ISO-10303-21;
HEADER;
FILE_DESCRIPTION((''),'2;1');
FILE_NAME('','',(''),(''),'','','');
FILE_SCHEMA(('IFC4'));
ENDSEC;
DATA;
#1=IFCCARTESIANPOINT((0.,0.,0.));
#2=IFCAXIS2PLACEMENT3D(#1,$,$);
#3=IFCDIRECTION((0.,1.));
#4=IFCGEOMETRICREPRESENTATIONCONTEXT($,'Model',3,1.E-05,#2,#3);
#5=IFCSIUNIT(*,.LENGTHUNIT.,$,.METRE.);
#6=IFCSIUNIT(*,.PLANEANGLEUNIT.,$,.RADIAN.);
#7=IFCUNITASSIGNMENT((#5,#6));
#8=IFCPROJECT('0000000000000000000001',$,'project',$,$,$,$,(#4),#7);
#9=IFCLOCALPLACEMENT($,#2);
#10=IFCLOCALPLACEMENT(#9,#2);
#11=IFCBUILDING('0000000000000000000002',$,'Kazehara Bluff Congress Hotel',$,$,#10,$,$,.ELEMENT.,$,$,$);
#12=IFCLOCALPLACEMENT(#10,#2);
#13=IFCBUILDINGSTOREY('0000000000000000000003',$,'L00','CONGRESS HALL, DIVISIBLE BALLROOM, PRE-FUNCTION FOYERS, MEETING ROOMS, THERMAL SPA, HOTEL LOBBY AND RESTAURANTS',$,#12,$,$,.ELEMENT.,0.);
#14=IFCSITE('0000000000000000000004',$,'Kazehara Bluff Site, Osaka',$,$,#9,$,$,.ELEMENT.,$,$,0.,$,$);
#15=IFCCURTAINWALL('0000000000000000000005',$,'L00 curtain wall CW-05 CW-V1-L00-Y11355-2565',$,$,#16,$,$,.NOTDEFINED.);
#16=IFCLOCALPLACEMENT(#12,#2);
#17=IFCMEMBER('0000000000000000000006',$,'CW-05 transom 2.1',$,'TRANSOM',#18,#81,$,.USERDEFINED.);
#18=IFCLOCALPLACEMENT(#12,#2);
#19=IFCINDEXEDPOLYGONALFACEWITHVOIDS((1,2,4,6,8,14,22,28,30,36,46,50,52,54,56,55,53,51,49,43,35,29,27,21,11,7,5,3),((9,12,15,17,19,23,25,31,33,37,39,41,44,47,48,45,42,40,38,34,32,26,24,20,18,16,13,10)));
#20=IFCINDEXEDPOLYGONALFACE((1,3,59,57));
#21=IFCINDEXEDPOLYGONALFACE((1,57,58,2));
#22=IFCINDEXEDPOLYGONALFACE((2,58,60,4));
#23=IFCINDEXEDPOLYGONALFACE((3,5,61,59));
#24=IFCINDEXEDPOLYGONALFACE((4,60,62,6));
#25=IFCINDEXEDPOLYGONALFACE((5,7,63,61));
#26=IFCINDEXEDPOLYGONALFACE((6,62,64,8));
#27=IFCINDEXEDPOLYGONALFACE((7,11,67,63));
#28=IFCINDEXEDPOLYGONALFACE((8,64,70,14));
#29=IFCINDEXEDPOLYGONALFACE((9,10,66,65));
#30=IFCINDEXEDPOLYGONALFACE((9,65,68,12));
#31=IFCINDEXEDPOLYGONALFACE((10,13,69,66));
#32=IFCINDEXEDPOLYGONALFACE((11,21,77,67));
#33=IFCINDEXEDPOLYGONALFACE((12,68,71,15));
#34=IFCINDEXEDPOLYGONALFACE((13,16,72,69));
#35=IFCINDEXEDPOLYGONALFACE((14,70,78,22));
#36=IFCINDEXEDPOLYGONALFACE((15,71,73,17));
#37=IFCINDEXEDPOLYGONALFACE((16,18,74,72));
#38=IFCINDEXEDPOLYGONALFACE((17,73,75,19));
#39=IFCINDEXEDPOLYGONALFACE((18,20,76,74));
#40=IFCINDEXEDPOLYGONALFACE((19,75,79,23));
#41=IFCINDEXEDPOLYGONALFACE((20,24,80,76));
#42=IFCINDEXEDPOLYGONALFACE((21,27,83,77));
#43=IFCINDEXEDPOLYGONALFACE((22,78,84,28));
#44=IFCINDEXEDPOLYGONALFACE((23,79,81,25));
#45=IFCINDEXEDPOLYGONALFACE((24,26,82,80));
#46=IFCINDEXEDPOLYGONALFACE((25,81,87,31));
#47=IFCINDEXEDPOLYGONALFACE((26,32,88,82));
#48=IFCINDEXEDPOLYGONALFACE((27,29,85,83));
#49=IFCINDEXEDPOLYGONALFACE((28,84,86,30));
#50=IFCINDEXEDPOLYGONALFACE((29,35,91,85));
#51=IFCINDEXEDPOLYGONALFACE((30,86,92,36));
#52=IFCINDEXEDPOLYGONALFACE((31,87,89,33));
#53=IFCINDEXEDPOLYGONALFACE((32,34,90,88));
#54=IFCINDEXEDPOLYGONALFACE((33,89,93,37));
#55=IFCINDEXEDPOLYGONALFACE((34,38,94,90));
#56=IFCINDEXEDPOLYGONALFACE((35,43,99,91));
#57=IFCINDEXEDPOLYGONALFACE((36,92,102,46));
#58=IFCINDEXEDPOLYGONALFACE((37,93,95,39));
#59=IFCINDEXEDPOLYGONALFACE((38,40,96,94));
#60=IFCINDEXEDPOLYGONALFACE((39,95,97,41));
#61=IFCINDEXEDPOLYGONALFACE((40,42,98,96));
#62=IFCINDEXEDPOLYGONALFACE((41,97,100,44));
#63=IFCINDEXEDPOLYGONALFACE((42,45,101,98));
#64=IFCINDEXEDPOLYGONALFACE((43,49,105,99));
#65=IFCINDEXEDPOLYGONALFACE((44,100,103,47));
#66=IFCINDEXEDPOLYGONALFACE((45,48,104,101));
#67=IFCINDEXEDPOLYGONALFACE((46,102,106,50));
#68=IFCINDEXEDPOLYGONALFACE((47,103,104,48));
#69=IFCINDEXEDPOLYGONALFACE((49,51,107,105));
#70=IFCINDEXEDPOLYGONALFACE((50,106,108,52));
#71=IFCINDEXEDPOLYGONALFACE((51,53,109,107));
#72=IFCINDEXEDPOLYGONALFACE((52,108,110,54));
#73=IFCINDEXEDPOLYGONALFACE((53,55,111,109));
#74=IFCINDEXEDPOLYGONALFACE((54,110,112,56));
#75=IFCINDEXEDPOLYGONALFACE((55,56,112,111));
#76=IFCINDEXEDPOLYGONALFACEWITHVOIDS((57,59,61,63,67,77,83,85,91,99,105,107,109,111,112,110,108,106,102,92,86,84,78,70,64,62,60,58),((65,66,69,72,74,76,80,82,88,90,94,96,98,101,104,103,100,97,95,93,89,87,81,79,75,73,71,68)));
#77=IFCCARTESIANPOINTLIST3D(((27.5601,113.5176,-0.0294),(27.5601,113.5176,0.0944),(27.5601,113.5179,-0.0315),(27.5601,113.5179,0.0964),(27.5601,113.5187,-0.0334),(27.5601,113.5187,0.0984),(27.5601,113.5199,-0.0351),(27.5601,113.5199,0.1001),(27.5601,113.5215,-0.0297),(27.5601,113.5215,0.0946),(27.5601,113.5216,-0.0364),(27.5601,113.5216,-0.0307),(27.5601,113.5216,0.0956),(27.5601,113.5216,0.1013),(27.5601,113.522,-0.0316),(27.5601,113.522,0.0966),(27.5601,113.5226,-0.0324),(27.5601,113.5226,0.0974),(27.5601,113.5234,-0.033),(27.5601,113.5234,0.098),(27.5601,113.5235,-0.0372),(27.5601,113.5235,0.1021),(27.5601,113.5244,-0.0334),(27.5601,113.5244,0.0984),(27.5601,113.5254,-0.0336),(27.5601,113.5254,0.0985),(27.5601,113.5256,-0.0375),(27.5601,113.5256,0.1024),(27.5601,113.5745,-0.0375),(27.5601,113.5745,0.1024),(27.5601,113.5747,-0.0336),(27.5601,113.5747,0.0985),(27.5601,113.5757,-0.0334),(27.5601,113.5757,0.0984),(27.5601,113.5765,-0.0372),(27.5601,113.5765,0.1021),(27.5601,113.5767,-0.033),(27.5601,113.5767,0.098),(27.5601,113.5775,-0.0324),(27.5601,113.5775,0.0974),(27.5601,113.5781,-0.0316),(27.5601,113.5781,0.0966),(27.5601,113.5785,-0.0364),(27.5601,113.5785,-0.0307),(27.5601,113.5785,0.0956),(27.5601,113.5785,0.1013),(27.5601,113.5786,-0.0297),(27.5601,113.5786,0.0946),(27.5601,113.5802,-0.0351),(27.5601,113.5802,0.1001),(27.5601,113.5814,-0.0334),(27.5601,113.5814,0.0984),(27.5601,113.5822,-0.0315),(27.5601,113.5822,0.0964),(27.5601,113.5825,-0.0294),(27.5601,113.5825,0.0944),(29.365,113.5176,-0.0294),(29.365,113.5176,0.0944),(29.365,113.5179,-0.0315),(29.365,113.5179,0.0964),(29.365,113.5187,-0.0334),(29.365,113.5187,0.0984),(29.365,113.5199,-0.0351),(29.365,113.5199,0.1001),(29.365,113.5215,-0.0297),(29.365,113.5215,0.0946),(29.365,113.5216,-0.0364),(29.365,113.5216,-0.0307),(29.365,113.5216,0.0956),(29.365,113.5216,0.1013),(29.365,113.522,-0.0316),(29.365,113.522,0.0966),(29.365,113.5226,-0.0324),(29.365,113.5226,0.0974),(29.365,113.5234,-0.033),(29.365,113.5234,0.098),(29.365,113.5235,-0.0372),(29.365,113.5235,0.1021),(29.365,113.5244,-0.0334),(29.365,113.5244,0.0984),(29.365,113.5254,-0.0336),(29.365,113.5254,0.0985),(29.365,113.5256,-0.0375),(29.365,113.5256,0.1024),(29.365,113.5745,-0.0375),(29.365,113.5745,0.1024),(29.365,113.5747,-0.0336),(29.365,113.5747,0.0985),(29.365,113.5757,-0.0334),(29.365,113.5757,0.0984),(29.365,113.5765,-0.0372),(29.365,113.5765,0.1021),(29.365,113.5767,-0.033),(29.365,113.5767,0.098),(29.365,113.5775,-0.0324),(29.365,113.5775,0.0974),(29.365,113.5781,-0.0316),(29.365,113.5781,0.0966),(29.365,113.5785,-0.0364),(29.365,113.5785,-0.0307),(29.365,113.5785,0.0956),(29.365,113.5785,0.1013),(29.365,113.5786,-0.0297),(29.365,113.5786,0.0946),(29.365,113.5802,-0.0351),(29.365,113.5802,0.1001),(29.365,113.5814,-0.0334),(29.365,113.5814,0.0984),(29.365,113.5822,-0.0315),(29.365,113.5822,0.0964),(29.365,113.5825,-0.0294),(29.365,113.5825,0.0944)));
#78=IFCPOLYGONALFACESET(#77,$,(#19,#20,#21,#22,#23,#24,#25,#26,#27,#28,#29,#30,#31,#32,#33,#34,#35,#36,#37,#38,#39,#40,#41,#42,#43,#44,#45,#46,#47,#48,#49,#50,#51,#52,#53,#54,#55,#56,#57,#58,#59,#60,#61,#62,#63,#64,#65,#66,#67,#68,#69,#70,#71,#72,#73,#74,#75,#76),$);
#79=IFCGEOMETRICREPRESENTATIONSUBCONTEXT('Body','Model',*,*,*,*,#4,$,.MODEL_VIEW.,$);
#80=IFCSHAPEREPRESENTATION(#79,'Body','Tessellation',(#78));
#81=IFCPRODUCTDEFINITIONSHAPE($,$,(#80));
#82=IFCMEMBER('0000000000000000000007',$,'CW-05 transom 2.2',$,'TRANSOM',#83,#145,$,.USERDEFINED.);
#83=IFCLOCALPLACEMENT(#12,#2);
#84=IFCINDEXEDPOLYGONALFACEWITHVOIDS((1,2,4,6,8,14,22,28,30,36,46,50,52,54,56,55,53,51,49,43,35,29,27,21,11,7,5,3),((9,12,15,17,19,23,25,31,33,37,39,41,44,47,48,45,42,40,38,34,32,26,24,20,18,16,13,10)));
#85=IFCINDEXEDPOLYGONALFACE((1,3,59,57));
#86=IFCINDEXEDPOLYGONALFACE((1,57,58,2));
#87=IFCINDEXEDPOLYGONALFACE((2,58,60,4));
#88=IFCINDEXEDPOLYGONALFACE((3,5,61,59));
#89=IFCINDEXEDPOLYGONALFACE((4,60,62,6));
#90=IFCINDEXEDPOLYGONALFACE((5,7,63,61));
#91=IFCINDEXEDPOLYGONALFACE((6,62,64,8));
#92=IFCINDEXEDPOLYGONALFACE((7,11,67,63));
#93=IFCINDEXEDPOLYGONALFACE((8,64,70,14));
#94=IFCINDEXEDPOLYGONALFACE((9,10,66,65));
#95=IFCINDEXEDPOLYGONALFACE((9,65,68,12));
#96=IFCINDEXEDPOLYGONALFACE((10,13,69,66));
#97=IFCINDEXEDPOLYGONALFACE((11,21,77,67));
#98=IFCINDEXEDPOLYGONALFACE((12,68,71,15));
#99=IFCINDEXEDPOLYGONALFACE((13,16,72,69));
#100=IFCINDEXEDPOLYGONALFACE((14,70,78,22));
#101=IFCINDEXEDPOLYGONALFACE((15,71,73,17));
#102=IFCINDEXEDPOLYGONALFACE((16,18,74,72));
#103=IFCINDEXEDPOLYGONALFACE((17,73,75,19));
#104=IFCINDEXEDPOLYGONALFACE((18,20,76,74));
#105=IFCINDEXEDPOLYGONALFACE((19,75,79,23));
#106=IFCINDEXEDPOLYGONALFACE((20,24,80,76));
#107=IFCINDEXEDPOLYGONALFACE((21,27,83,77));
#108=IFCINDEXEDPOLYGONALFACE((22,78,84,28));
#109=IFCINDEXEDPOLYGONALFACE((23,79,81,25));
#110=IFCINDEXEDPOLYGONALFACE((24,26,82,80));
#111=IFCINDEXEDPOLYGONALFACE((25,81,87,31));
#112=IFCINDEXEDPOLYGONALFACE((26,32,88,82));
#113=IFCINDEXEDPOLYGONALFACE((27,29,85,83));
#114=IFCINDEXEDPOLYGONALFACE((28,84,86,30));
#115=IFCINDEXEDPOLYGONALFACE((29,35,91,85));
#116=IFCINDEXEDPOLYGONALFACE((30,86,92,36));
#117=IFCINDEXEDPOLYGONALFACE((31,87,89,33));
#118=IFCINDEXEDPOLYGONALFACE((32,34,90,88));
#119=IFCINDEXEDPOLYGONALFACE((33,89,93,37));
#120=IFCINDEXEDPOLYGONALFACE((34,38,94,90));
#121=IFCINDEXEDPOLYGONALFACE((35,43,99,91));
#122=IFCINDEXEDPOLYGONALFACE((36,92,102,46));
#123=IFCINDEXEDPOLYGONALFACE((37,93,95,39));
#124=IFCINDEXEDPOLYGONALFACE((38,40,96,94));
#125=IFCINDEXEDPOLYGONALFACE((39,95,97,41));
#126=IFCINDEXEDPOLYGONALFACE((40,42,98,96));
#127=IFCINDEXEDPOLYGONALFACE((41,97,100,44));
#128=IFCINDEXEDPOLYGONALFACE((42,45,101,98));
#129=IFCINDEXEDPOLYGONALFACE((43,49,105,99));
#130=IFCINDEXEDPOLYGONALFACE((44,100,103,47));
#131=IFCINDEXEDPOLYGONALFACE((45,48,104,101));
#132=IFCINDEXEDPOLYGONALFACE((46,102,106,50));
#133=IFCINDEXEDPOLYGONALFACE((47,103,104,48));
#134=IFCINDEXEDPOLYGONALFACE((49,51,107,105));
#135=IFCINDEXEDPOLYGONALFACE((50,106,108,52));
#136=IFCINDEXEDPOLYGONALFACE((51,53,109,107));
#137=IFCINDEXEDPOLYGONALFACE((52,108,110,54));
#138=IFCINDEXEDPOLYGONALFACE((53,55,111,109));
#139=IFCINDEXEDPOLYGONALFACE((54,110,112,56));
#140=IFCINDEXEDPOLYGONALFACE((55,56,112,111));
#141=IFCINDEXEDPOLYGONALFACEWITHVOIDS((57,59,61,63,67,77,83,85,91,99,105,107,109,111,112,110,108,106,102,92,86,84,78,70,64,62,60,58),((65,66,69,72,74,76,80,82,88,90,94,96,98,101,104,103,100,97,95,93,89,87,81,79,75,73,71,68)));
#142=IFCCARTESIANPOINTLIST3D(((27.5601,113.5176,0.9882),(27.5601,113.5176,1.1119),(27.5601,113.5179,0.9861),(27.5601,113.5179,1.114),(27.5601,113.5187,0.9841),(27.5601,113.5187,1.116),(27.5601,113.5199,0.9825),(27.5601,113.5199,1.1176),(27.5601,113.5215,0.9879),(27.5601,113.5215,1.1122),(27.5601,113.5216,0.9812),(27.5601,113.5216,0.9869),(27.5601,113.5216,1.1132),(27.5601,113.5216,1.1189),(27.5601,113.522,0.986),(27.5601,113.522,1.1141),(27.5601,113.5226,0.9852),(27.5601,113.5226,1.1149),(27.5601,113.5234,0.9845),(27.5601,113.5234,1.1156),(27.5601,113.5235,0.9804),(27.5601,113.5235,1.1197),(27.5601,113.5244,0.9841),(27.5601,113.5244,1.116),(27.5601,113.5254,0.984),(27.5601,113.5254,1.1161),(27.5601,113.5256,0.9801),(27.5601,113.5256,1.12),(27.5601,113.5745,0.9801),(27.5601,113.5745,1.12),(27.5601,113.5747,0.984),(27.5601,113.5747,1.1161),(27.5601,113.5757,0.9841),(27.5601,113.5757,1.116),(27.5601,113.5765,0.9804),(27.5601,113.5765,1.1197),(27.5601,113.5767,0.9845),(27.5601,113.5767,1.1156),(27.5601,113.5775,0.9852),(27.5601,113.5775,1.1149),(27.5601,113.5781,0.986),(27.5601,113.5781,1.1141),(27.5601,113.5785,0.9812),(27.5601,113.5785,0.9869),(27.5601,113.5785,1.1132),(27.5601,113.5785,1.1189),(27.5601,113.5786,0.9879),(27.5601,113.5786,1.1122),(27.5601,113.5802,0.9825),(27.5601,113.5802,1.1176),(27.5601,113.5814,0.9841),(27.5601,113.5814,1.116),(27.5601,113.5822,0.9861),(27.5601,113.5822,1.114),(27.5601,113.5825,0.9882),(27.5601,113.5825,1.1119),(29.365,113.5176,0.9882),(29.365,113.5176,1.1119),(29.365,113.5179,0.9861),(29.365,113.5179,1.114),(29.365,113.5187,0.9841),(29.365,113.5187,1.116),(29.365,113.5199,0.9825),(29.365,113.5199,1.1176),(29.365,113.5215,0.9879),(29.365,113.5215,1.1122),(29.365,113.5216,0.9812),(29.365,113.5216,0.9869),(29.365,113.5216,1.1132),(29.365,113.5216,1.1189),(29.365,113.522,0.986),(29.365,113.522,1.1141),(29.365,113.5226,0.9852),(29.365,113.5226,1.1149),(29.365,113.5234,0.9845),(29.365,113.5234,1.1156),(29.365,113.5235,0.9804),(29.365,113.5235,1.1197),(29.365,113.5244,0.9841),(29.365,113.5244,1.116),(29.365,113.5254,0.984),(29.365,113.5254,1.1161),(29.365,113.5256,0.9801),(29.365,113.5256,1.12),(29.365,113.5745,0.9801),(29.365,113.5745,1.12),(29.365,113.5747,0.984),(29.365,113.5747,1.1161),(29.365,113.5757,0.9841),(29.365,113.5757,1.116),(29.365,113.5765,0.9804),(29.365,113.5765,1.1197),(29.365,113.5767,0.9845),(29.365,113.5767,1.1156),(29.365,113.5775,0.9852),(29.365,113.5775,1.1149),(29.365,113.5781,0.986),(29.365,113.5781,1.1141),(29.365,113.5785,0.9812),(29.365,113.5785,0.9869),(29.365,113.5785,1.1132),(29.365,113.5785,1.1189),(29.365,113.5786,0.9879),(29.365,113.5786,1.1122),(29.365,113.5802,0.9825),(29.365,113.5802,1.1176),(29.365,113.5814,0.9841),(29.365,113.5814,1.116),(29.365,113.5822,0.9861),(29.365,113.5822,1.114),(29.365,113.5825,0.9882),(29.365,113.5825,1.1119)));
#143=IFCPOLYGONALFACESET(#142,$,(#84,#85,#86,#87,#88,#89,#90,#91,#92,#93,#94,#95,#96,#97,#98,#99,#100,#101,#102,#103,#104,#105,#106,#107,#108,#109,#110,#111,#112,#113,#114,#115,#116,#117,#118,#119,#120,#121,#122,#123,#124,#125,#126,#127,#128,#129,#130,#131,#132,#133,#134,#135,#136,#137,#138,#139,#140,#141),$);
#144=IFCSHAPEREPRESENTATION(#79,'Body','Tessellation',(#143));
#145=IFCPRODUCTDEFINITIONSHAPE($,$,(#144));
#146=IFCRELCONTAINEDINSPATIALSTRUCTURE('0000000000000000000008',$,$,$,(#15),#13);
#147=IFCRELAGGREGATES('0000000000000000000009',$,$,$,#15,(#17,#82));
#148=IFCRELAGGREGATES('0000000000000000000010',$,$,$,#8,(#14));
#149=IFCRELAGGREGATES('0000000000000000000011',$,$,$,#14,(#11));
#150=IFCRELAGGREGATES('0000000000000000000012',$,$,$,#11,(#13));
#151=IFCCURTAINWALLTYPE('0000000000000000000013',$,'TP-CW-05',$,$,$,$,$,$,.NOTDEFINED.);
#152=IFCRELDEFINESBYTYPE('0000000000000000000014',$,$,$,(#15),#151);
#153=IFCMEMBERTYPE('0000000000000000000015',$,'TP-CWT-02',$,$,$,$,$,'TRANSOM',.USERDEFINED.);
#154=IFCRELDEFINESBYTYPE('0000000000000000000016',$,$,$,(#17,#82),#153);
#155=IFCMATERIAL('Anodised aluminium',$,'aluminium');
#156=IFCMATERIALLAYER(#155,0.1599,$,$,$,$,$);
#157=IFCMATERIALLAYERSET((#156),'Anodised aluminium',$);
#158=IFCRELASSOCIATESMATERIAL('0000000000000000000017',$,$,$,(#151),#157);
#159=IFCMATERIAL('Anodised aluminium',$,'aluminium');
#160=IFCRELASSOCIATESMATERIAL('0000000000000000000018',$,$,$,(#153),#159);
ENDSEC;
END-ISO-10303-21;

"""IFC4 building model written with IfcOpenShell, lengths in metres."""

from ifc_helpers import new_model, si_unit, direction, frame, origin, origin_2d, place, context, subcontext, project, spatial, hollow_rectangle, extrude, material, layer, layer_set, material_profile, profile_set, type_object, element, aggregate, save


model = new_model("IFC4")

# Units and contexts
model_context = context("Model", 3, precision=1e-05, world=origin(), true_north=direction((0.0, 1.0)))
body_context = subcontext(model_context, "Body", "Model", "MODEL_VIEW")
ifc_project = project(units=[si_unit("LENGTHUNIT", "METRE"), si_unit("PLANEANGLEUNIT", "RADIAN")], contexts=[model_context])

# Site, building, storey
site_placement = place(None, origin())
site = spatial("IfcSite", under=ifc_project, at=site_placement, Name="Kazehara Bluff Site, Osaka", CompositionType="ELEMENT", RefElevation=0.0)
building_placement = place(site_placement, origin())
building = spatial("IfcBuilding", under=site, at=building_placement, Name="Kazehara Bluff Congress Hotel", CompositionType="ELEMENT")
storey_placement = place(building_placement, origin())
storey = spatial("IfcBuildingStorey", under=building, at=storey_placement, Name="L00", Description="CONGRESS HALL, DIVISIBLE BALLROOM, PRE-FUNCTION FOYERS, MEETING ROOMS, THERMAL SPA, HOTEL LOBBY AND RESTAURANTS", CompositionType="ELEMENT", Elevation=0.0)

# Curtain wall
ifc_material_1 = material(Name="Anodised aluminium", Category="aluminium")
ifc_layer_1 = layer(ifc_material_1, 0.1599)
ifc_layer_set_1 = layer_set([ifc_layer_1], Name="Anodised aluminium")
curtain_wall_type_1 = type_object("IfcCurtainWallType", Name="TP-CW-05", PredefinedType="NOTDEFINED", material=ifc_layer_set_1)
curtain_wall_1_placement = place(storey_placement, origin())
curtain_wall_1 = element("IfcCurtainWall", 1, at=curtain_wall_1_placement, inside=storey, type_object=curtain_wall_type_1, Name="L00 curtain wall CW-05 CW-V1-L00-Y11355-2565", PredefinedType="NOTDEFINED")

# Members
ifc_material_2 = material(Name="Anodised aluminium", Category="aluminium")
ifc_material_profile_1 = material_profile(ifc_material_2, hollow_rectangle(XDim=0.0649, YDim=0.1399, WallThickness=0.0039, InnerFilletRadius=0.0039, OuterFilletRadius=0.0081, at=origin_2d()))
ifc_profile_set_1 = profile_set([ifc_material_profile_1], Name="Anodised aluminium")
member_type_1 = type_object("IfcMemberType", Name="TP-CWT-02", ElementType="TRANSOM", PredefinedType="USERDEFINED", material=ifc_profile_set_1)
member_1_placement = place(storey_placement, frame((27.5601, 113.55, 0.0325), z_axis=(1.0, 0.0, 0.0), x_axis=(0.0, 1.0, 0.0)))
member_1 = element("IfcMember", 2, at=member_1_placement, type_object=member_type_1, Name="CW-05 transom 2.1", ObjectType="TRANSOM", PredefinedType="USERDEFINED", context=body_context, shape_type="SweptSolid", body=[
    extrude(hollow_rectangle(XDim=0.0649, YDim=0.1399, WallThickness=0.0039, InnerFilletRadius=0.0039, OuterFilletRadius=0.0081, at=origin_2d()), origin(), (0.0, 0.0, 1.0), 1.8049),
])
member_2_placement = place(storey_placement, frame((27.5601, 113.55, 1.05), z_axis=(1.0, 0.0, 0.0), x_axis=(0.0, 1.0, 0.0)))
member_2 = element("IfcMember", 3, at=member_2_placement, type_object=member_type_1, Name="CW-05 transom 2.2", ObjectType="TRANSOM", PredefinedType="USERDEFINED", context=body_context, shape_type="SweptSolid", body=[
    extrude(hollow_rectangle(XDim=0.0649, YDim=0.1399, WallThickness=0.0039, InnerFilletRadius=0.0039, OuterFilletRadius=0.0081, at=origin_2d()), origin(), (0.0, 0.0, 1.0), 1.8049),
])

aggregate(curtain_wall_1, [member_1, member_2])

save(model, "model.ifc")
